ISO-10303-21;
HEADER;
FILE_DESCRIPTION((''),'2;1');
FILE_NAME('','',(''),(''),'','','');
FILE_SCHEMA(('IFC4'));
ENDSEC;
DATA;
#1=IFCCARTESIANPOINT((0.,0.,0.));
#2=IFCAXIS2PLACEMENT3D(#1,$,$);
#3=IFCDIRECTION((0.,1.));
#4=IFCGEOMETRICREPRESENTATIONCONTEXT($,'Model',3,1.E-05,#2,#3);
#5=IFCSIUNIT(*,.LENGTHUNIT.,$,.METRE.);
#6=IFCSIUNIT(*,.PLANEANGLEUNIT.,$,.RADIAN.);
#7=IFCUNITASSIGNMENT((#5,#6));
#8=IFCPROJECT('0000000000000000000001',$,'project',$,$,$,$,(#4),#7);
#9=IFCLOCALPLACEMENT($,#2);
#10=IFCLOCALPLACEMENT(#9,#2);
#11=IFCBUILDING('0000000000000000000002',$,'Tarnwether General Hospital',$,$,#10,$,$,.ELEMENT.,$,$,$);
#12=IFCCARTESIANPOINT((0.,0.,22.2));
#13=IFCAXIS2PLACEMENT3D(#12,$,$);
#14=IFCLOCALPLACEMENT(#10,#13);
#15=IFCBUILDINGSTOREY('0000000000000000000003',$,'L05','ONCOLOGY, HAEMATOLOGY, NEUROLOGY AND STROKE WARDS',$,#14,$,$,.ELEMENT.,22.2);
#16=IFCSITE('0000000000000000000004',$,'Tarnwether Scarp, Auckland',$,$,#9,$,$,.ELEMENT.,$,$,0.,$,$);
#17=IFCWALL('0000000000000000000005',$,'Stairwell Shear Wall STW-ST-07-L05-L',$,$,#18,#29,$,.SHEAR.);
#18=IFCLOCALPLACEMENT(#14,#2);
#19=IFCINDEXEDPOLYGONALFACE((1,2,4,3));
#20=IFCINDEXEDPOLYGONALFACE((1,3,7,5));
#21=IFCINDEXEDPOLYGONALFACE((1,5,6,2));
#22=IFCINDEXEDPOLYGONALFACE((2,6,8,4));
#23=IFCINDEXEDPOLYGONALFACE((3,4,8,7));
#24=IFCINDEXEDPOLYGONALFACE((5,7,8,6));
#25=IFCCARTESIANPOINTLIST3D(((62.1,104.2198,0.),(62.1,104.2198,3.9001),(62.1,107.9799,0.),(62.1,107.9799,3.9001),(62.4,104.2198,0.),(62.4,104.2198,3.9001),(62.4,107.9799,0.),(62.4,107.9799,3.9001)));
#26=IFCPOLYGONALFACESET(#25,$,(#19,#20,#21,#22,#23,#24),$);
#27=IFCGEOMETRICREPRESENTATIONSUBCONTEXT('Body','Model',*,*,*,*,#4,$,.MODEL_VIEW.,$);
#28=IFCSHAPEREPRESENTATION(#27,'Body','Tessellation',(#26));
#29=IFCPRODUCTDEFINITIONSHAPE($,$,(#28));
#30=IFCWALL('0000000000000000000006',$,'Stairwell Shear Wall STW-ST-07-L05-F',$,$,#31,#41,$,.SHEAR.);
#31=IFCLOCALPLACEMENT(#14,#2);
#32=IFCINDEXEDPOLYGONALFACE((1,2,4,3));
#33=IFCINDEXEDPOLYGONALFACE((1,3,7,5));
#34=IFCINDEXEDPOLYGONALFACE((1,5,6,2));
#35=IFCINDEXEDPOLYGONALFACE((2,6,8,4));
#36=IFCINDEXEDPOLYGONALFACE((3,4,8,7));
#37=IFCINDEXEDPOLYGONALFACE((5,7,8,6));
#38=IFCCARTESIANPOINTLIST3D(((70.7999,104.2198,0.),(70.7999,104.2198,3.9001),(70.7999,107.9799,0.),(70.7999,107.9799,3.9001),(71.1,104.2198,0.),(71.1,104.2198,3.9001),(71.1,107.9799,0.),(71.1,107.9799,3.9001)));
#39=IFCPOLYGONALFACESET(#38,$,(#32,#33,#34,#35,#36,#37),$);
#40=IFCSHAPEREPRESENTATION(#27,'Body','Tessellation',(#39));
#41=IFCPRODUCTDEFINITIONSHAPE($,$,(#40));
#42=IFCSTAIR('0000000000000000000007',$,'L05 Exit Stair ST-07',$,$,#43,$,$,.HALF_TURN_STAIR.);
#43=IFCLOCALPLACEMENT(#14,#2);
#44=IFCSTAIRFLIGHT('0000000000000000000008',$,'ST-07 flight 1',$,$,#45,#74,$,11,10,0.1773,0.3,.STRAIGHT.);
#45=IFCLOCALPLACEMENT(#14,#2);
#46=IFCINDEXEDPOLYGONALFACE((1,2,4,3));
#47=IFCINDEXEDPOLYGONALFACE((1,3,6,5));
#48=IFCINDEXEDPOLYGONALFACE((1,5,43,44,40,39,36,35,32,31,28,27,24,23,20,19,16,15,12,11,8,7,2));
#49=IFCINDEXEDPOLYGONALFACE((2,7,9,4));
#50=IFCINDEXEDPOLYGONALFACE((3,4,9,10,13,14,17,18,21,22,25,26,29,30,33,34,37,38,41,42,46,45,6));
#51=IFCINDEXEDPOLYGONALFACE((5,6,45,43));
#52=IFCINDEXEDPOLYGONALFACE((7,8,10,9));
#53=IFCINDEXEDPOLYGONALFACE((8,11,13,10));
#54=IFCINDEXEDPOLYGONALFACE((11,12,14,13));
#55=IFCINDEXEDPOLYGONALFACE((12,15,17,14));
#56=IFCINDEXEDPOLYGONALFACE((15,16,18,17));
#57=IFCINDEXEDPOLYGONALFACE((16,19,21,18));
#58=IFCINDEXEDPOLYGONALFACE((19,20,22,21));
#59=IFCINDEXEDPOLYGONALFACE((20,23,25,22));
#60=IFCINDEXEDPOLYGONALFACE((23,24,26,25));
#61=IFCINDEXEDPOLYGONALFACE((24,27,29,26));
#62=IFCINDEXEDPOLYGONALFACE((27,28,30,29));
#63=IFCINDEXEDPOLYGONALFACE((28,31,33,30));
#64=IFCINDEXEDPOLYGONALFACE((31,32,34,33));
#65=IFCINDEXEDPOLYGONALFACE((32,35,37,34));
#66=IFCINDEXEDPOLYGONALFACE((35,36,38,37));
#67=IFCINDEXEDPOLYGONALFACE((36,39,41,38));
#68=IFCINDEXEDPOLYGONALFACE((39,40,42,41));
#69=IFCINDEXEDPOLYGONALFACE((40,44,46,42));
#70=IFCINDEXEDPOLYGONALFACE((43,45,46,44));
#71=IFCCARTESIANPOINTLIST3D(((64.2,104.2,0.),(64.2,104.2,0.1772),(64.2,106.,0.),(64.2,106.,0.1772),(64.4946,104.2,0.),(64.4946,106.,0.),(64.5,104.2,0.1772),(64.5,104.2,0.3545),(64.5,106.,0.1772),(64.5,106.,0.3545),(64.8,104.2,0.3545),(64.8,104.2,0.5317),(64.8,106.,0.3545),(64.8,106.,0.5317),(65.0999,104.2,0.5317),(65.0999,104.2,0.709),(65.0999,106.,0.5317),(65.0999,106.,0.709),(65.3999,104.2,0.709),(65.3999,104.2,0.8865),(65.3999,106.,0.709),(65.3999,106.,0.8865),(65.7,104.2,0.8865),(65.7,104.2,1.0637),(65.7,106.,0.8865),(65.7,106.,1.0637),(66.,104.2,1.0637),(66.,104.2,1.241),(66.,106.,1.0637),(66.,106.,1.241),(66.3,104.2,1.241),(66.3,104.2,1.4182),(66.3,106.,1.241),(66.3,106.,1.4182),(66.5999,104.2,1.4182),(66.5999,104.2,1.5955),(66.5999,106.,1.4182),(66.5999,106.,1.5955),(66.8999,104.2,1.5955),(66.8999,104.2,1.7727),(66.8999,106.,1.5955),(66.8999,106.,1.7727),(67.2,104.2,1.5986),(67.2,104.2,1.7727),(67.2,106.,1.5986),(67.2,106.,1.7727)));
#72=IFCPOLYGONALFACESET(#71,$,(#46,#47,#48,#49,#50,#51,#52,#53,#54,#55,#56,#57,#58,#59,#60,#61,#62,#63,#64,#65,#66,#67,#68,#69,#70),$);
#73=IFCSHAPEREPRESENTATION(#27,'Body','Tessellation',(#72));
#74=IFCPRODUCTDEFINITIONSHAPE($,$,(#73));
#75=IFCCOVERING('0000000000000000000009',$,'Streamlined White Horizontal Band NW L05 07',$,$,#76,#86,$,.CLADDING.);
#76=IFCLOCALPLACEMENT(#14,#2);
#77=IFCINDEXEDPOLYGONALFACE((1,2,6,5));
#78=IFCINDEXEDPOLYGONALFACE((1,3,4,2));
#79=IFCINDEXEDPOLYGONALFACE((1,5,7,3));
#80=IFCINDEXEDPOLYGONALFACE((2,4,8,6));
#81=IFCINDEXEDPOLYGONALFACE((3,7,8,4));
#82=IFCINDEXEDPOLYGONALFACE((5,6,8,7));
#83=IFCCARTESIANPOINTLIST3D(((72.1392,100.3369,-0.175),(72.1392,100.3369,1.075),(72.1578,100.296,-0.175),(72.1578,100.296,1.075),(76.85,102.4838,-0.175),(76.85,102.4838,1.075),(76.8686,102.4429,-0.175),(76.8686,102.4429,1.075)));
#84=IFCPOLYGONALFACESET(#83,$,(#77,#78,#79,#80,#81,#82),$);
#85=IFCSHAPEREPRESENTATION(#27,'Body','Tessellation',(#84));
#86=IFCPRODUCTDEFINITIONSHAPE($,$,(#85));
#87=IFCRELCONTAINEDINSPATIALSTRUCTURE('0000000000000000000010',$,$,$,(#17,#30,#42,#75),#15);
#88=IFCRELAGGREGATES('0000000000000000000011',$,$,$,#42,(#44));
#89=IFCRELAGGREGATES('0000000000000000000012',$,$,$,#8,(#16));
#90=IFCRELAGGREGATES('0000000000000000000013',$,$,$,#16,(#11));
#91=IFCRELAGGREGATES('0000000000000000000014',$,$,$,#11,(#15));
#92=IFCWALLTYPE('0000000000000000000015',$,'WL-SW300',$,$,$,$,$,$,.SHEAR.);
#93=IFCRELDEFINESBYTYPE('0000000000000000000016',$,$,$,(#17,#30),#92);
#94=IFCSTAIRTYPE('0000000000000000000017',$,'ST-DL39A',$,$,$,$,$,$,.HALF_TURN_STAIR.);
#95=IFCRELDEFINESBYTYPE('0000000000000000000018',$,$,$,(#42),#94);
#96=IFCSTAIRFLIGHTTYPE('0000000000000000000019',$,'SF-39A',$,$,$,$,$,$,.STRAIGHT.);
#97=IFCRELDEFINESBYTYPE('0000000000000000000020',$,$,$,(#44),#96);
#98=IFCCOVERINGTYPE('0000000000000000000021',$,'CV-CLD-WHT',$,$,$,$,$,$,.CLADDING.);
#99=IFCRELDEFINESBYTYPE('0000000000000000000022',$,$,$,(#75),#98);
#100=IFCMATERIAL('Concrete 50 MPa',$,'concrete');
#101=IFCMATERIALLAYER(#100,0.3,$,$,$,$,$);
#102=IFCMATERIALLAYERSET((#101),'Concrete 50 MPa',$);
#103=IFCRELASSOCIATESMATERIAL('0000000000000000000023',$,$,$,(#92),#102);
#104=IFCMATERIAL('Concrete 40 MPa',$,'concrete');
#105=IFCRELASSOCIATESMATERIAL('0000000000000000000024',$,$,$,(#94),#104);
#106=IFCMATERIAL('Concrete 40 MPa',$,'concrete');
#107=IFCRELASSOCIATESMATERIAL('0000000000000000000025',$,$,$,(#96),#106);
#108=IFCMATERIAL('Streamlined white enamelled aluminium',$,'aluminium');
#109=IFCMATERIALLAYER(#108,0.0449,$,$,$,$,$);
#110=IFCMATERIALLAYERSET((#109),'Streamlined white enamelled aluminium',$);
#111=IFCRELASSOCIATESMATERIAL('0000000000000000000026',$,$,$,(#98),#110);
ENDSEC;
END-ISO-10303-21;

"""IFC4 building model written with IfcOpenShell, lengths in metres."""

from ifc_helpers import new_model, si_unit, direction, frame, frame_2d, origin, origin_2d, place, context, subcontext, project, spatial, polyline, rectangle, outline, extrude, material, layer, layer_set, type_object, element, aggregate, save


model = new_model("IFC4")

# Units and contexts
model_context = context("Model", 3, precision=1e-05, world=origin(), true_north=direction((0.0, 1.0)))
body_context = subcontext(model_context, "Body", "Model", "MODEL_VIEW")
ifc_project = project(units=[si_unit("LENGTHUNIT", "METRE"), si_unit("PLANEANGLEUNIT", "RADIAN")], contexts=[model_context])

# Site, building, storey
site_placement = place(None, origin())
site = spatial("IfcSite", under=ifc_project, at=site_placement, Name="Tarnwether Scarp, Auckland", CompositionType="ELEMENT", RefElevation=0.0)
building_placement = place(site_placement, origin())
building = spatial("IfcBuilding", under=site, at=building_placement, Name="Tarnwether General Hospital", CompositionType="ELEMENT")
storey_placement = place(building_placement, frame((0.0, 0.0, 22.2)))
storey = spatial("IfcBuildingStorey", under=building, at=storey_placement, Name="L05", Description="ONCOLOGY, HAEMATOLOGY, NEUROLOGY AND STROKE WARDS", CompositionType="ELEMENT", Elevation=22.2)

# Walls
ifc_material_1 = material(Name="Concrete 50 MPa", Category="concrete")
ifc_layer_1 = layer(ifc_material_1, 0.3)
ifc_layer_set_1 = layer_set([ifc_layer_1], Name="Concrete 50 MPa")
wall_type = type_object("IfcWallType", Name="WL-SW300", PredefinedType="SHEAR", material=ifc_layer_set_1)
for number, where, z_axis, x_axis, name in (
    (1, (62.25, 104.22, 0.0), (0.0, 0.0, 1.0), (0.0, 1.0, 0.0), "Stairwell Shear Wall STW-ST-07-L05-L"),
    (2, (70.95, 104.22, 0.0), (0.0, 0.0, 1.0), (0.0, 1.0, 0.0), "Stairwell Shear Wall STW-ST-07-L05-F"),
):
    element("IfcWall", number, at=place(storey_placement, frame(where, z_axis=z_axis, x_axis=x_axis)), inside=storey, type_object=wall_type, Name=name, PredefinedType="SHEAR", context=body_context, shape_type="SweptSolid", body=[
        extrude(rectangle(XDim=3.76, YDim=0.3, at=frame_2d((1.8799, 0.0))), origin(), (0.0, 0.0, 1.0), 3.9001),
    ])

# Stair, stair flight
ifc_material_2 = material(Name="Concrete 40 MPa", Category="concrete")
stair_type = type_object("IfcStairType", Name="ST-DL39A", PredefinedType="HALF_TURN_STAIR", material=ifc_material_2)
stair_placement = place(storey_placement, origin())
stair = element("IfcStair", 3, at=stair_placement, inside=storey, type_object=stair_type, Name="L05 Exit Stair ST-07", PredefinedType="HALF_TURN_STAIR")
ifc_material_3 = material(Name="Concrete 40 MPa", Category="concrete")
stair_flight_type = type_object("IfcStairFlightType", Name="SF-39A", PredefinedType="STRAIGHT", material=ifc_material_3)
stair_flight_placement = place(storey_placement, frame((64.2, 105.1001, 0.0), z_axis=(0.0, 0.0, 1.0), x_axis=(1.0, 0.0, 0.0)))
stair_flight = element("IfcStairFlight", 4, at=stair_flight_placement, type_object=stair_flight_type, Name="ST-07 flight 1", NumberOfRisers=11, NumberOfTreads=10, PredefinedType="STRAIGHT", RiserHeight=0.1773, TreadLength=0.3, context=body_context, shape_type="SweptSolid", body=[
    extrude(outline(polyline([(0.0, 0.0), (0.0, 0.1772), (0.3, 0.1772), (0.3, 0.3545), (0.6001, 0.3545), (0.6001, 0.5317), (0.8999, 0.5317), (0.8999, 0.709), (1.2, 0.709), (1.2, 0.8865), (1.5, 0.8865), (1.5, 1.0637), (1.8, 1.0637), (1.8, 1.241), (2.1001, 1.241), (2.1001, 1.4182), (2.3999, 1.4182), (2.3999, 1.5955), (2.7, 1.5955), (2.7, 1.7727), (3.0, 1.7727), (3.0, 1.95), (3.0, 1.5986), (0.2947, 0.0), (0.0, 0.0)])), frame((0.0, 0.8999, 0.0), z_axis=(0.0, -1.0, 0.0), x_axis=(1.0, 0.0, 0.0)), (0.0, 0.0, 1.0), 1.8),
])
aggregate(stair, [stair_flight])

# Covering
ifc_material_4 = material(Name="Streamlined white enamelled aluminium", Category="aluminium")
ifc_layer_2 = layer(ifc_material_4, 0.0449)
ifc_layer_set_2 = layer_set([ifc_layer_2], Name="Streamlined white enamelled aluminium")
covering_type = type_object("IfcCoveringType", Name="CV-CLD-WHT", PredefinedType="CLADDING", material=ifc_layer_set_2)
covering_placement = place(storey_placement, frame((74.5039, 101.3899, -0.175), z_axis=(0.0, 0.0, 1.0), x_axis=(-0.909954, -0.414709, 0.0)))
element("IfcCovering", 5, at=covering_placement, inside=storey, type_object=covering_type, Name="Streamlined White Horizontal Band NW L05 07", PredefinedType="CLADDING", context=body_context, shape_type="SweptSolid", body=[
    extrude(rectangle(XDim=5.177, YDim=0.0449, at=origin_2d()), origin(), (0.0, 0.0, 1.0), 1.25),
])

save(model, "model.ifc")
